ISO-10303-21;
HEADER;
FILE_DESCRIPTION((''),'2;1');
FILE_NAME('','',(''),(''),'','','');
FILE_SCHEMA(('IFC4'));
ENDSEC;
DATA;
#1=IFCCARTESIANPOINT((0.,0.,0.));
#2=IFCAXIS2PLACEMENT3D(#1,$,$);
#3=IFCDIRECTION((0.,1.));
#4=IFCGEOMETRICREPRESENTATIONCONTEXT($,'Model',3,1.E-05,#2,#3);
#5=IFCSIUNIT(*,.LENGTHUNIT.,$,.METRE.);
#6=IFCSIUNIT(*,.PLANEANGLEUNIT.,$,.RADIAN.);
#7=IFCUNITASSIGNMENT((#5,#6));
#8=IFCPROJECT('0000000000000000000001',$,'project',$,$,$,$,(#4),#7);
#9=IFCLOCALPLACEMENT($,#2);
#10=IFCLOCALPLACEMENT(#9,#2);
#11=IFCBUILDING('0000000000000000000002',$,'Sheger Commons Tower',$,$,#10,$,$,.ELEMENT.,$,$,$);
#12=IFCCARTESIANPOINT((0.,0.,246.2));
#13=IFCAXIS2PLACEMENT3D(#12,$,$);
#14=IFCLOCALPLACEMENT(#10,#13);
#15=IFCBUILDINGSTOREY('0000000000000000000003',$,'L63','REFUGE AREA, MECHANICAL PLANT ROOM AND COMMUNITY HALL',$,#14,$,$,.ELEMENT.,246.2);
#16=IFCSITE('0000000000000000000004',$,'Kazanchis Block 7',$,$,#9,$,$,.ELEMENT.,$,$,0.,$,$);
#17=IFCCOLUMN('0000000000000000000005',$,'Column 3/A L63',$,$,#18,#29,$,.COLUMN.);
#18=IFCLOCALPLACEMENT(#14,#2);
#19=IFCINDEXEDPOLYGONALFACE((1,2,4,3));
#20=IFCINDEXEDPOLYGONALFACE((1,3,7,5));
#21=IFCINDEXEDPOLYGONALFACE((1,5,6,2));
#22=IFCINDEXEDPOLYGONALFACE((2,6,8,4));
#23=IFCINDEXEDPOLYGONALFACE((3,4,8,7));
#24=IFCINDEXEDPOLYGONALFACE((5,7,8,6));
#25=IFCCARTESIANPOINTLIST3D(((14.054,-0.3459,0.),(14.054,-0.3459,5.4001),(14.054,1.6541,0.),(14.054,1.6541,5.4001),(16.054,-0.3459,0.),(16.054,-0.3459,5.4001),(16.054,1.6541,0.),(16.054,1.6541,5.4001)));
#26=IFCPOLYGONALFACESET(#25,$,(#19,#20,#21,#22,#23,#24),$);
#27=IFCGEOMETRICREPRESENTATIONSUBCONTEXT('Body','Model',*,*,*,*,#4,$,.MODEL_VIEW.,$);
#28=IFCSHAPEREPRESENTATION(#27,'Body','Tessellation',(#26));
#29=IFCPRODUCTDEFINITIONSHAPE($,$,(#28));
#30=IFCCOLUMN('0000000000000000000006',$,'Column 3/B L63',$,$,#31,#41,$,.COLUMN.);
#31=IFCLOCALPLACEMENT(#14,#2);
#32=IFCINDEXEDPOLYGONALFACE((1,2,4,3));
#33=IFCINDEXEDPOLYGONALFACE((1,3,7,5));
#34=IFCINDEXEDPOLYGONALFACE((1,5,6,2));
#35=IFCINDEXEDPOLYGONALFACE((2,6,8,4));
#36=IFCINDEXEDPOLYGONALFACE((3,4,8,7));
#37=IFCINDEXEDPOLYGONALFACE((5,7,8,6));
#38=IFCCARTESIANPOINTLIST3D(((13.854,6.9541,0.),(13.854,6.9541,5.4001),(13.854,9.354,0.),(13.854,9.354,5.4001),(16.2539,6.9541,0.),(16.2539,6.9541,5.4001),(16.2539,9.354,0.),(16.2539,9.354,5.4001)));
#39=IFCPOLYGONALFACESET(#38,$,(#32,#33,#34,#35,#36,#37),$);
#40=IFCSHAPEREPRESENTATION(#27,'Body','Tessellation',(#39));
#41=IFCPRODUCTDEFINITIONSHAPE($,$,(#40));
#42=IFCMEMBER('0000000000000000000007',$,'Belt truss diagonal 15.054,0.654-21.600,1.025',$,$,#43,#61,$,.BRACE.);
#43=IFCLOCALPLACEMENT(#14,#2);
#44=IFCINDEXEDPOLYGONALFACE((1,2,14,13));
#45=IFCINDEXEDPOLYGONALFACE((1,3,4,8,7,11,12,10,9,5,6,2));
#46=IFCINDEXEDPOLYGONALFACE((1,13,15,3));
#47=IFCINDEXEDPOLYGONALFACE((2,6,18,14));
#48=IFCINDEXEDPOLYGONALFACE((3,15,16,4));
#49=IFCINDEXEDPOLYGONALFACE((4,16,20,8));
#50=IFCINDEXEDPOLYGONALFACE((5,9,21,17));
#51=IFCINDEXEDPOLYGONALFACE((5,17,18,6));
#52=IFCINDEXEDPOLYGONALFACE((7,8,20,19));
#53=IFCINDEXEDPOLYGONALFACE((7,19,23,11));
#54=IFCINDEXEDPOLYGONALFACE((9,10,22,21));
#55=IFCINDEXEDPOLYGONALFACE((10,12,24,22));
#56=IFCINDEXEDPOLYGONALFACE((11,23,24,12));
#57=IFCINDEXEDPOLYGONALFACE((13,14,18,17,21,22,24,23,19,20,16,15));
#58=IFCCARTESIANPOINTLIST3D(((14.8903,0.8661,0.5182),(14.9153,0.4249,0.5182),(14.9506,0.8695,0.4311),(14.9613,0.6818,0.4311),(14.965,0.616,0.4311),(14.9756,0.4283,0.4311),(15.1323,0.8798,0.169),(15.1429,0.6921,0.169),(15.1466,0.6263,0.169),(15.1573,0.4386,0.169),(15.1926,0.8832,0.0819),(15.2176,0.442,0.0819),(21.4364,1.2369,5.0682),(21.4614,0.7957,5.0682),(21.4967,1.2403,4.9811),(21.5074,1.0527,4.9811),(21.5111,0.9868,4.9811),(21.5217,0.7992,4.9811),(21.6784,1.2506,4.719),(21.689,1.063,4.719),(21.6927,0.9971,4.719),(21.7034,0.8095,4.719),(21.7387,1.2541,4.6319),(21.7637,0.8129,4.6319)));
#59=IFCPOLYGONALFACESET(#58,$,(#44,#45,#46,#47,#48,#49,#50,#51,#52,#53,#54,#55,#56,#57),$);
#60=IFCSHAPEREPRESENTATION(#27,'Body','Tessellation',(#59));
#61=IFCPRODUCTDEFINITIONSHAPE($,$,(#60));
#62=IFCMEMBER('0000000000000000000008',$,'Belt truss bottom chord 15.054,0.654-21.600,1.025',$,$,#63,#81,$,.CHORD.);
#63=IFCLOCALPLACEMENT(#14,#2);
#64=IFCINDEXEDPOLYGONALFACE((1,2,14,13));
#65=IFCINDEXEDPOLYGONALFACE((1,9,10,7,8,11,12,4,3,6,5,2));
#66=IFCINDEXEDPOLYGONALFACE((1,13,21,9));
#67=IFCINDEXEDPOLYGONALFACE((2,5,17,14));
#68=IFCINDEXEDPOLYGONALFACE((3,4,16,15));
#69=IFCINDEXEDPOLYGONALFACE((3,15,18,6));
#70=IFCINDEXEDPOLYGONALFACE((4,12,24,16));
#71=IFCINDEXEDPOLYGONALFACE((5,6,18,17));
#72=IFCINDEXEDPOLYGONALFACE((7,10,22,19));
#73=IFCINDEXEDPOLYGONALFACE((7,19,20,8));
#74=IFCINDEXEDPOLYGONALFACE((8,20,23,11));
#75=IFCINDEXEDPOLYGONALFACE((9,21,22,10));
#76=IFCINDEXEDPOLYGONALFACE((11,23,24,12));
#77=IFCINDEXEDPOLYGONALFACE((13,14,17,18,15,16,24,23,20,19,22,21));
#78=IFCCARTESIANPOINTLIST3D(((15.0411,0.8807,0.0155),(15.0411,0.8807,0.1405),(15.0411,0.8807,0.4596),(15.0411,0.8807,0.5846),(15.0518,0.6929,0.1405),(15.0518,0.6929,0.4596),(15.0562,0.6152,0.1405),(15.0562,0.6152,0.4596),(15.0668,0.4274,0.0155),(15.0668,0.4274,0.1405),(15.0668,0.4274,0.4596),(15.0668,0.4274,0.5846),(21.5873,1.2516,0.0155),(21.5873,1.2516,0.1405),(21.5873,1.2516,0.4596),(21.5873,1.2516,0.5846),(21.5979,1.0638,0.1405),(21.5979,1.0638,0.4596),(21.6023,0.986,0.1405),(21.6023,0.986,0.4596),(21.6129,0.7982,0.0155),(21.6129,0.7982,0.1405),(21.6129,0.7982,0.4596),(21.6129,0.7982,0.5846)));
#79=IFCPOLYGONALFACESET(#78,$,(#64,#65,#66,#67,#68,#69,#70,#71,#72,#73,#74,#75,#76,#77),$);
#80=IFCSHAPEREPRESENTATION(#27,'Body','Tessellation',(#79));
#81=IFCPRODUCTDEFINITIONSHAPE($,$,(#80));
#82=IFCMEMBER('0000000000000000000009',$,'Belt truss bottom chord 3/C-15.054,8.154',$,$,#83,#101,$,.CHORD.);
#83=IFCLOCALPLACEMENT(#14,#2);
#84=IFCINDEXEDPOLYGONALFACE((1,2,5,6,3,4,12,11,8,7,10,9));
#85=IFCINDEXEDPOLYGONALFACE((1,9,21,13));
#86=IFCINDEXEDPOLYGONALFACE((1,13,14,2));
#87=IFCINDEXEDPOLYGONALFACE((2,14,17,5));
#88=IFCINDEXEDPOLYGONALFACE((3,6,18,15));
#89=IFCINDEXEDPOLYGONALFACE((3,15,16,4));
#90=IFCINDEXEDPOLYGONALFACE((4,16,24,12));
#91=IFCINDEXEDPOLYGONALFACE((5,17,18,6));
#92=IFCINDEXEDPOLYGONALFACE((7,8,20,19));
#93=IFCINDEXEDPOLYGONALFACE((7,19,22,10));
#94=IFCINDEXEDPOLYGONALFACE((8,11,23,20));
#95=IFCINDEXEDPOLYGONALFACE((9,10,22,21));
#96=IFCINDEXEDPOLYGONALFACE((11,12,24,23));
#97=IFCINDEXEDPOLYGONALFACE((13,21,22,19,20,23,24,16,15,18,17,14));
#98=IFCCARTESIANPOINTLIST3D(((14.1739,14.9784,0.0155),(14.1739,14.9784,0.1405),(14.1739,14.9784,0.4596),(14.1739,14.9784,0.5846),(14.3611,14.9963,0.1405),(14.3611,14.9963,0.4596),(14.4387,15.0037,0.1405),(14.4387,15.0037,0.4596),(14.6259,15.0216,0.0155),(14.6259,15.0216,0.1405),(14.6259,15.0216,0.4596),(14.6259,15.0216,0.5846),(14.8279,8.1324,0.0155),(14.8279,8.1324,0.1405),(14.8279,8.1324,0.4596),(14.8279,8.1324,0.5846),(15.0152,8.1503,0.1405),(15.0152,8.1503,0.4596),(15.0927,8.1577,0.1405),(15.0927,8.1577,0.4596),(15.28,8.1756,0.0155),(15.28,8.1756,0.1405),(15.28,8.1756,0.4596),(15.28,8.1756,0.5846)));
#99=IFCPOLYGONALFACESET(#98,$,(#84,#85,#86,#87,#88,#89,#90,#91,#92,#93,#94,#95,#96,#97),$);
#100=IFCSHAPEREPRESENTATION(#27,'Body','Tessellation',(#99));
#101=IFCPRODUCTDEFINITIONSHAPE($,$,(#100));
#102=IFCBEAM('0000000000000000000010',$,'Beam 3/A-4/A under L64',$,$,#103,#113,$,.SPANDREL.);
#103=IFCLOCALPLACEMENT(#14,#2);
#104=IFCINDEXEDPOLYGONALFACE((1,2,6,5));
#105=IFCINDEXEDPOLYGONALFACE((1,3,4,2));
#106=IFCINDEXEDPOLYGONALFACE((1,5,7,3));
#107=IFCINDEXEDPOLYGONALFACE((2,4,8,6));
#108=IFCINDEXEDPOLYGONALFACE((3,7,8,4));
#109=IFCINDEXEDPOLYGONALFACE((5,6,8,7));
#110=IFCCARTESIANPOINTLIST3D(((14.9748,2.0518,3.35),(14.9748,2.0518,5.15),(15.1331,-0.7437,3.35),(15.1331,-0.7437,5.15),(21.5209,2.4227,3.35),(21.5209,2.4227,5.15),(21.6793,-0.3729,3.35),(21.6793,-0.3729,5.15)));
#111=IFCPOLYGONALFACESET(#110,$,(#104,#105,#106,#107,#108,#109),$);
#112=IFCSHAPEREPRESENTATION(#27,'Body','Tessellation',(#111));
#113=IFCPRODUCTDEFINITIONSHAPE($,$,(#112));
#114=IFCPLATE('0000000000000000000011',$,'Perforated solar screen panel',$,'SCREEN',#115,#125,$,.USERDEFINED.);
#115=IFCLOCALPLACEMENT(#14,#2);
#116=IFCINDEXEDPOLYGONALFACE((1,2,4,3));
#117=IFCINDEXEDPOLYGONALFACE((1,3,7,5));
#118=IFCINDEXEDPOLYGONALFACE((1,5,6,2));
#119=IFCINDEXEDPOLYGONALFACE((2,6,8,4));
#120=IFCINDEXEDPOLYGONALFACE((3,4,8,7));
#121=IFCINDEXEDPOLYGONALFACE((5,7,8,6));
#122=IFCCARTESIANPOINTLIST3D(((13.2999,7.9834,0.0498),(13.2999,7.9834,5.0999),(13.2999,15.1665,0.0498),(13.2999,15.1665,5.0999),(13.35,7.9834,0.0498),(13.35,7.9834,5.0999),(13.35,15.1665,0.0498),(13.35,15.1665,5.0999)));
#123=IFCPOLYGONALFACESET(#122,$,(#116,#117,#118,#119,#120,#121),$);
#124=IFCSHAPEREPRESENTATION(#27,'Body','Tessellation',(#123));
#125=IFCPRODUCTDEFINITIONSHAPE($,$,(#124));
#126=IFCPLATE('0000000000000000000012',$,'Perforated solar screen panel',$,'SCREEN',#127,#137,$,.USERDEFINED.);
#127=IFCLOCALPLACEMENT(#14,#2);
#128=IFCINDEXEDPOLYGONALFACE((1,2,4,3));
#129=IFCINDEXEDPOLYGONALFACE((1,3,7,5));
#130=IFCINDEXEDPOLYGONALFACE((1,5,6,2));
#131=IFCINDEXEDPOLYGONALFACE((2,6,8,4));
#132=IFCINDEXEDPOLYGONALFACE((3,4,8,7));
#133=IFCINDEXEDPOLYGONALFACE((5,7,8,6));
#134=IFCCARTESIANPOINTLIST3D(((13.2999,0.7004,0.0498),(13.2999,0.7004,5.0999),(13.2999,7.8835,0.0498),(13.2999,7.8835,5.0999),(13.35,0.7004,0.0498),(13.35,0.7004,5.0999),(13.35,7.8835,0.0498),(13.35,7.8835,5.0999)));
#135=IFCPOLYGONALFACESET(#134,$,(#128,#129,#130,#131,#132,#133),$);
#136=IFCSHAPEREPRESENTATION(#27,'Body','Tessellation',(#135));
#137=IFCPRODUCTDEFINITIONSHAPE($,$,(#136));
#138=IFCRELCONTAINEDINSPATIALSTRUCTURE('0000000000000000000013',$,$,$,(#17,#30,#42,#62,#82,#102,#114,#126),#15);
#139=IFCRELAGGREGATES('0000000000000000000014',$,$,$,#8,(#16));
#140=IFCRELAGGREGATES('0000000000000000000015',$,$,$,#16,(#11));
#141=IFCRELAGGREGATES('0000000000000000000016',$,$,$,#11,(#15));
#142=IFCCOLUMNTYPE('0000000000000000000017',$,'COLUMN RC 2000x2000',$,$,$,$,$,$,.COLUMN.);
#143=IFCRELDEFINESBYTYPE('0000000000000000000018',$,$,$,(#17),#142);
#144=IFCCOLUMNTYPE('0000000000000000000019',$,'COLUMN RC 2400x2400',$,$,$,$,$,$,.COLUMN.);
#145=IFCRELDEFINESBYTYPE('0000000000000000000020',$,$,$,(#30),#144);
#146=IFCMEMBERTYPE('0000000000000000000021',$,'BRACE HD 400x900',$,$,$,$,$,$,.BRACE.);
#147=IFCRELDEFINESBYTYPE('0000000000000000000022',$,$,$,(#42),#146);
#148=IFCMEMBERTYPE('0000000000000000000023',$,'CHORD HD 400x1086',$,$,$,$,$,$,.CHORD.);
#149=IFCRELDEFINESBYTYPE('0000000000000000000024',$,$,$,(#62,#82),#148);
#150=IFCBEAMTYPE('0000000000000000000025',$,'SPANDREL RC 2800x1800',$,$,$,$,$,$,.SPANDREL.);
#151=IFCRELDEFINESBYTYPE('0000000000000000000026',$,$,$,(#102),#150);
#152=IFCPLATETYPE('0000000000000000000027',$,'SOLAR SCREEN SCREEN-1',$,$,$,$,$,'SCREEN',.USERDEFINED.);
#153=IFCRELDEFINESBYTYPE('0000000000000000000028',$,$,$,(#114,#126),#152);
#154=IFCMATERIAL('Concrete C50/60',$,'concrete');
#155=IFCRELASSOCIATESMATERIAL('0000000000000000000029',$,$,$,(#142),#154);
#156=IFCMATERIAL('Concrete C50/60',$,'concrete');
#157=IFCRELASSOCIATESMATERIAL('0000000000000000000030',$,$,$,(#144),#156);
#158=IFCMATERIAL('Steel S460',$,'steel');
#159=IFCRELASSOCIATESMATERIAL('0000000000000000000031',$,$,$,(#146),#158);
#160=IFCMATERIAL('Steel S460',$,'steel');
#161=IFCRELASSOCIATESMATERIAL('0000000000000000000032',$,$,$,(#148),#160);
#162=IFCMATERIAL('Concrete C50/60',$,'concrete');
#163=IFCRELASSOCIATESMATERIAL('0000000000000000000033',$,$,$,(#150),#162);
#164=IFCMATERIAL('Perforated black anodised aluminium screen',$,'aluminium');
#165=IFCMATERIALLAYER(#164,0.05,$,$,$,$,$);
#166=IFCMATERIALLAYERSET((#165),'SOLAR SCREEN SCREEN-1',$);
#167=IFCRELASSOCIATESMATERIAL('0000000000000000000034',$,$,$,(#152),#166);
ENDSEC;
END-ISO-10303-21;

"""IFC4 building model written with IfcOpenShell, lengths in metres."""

from ifc_helpers import new_model, si_unit, direction, frame, origin, origin_2d, place, context, subcontext, project, spatial, rectangle, i_section, extrude, material, layer, layer_set, material_profile, profile_set, type_object, element, save


model = new_model("IFC4")

# Units and contexts
model_context = context("Model", 3, precision=1e-05, world=origin(), true_north=direction((0.0, 1.0)))
body_context = subcontext(model_context, "Body", "Model", "MODEL_VIEW")
ifc_project = project(units=[si_unit("LENGTHUNIT", "METRE"), si_unit("PLANEANGLEUNIT", "RADIAN")], contexts=[model_context])

# Site, building, storey
site_placement = place(None, origin())
site = spatial("IfcSite", under=ifc_project, at=site_placement, Name="Kazanchis Block 7", CompositionType="ELEMENT", RefElevation=0.0)
building_placement = place(site_placement, origin())
building = spatial("IfcBuilding", under=site, at=building_placement, Name="Sheger Commons Tower", CompositionType="ELEMENT")
storey_placement = place(building_placement, frame((0.0, 0.0, 246.2)))
storey = spatial("IfcBuildingStorey", under=building, at=storey_placement, Name="L63", Description="REFUGE AREA, MECHANICAL PLANT ROOM AND COMMUNITY HALL", CompositionType="ELEMENT", Elevation=246.2)

# Columns
ifc_material_1 = material(Name="Concrete C50/60", Category="concrete")
ifc_material_profile_1 = material_profile(ifc_material_1, rectangle(XDim=2.0, YDim=2.0, at=origin_2d()), Name="RC 2000x2000")
ifc_profile_set_1 = profile_set([ifc_material_profile_1], Name="Concrete C50/60")
column_type_1 = type_object("IfcColumnType", Name="COLUMN RC 2000x2000", PredefinedType="COLUMN", material=ifc_profile_set_1)
column_1_placement = place(storey_placement, frame((15.054, 0.6541, 0.0), z_axis=(0.0, 0.0, 1.0), x_axis=(1.0, 0.0, 0.0)))
element("IfcColumn", 1, at=column_1_placement, inside=storey, type_object=column_type_1, Name="Column 3/A L63", PredefinedType="COLUMN", context=body_context, shape_type="SweptSolid", body=[
    extrude(rectangle(XDim=2.0, YDim=2.0, at=origin_2d()), origin(), (0.0, 0.0, 1.0), 5.4001),
])
ifc_material_2 = material(Name="Concrete C50/60", Category="concrete")
ifc_material_profile_2 = material_profile(ifc_material_2, rectangle(XDim=2.3999, YDim=2.3999, at=origin_2d()), Name="RC 2400x2400")
ifc_profile_set_2 = profile_set([ifc_material_profile_2], Name="Concrete C50/60")
column_type_2 = type_object("IfcColumnType", Name="COLUMN RC 2400x2400", PredefinedType="COLUMN", material=ifc_profile_set_2)
column_2_placement = place(storey_placement, frame((15.054, 8.1541, 0.0), z_axis=(0.0, 0.0, 1.0), x_axis=(1.0, 0.0, 0.0)))
element("IfcColumn", 2, at=column_2_placement, inside=storey, type_object=column_type_2, Name="Column 3/B L63", PredefinedType="COLUMN", context=body_context, shape_type="SweptSolid", body=[
    extrude(rectangle(XDim=2.3999, YDim=2.3999, at=origin_2d()), origin(), (0.0, 0.0, 1.0), 5.4001),
])

# Members
ifc_material_3 = material(Name="Steel S460", Category="steel")
ifc_material_profile_3 = material_profile(ifc_material_3, i_section(OverallWidth=0.4419, OverallDepth=0.531, WebThickness=0.0659, FlangeThickness=0.106, at=origin_2d()), Name="HD 400x900")
ifc_profile_set_3 = profile_set([ifc_material_profile_3], Name="Steel S460")
member_type_1 = type_object("IfcMemberType", Name="BRACE HD 400x900", PredefinedType="BRACE", material=ifc_profile_set_3)
member_1_placement = place(storey_placement, frame((15.054, 0.6541, 0.3), z_axis=(0.820241, 0.046468, 0.570128), x_axis=(-0.056561, 0.998399, 0.0)))
element("IfcMember", 3, at=member_1_placement, inside=storey, type_object=member_type_1, Name="Belt truss diagonal 15.054,0.654-21.600,1.025", PredefinedType="BRACE", context=body_context, shape_type="SweptSolid", body=[
    extrude(i_section(OverallWidth=0.4419, OverallDepth=0.531, WebThickness=0.0659, FlangeThickness=0.106, at=origin_2d()), origin(), (0.0, 0.0, 1.0), 7.9807),
])
ifc_material_4 = material(Name="Steel S460", Category="steel")
ifc_material_profile_4 = material_profile(ifc_material_4, i_section(OverallWidth=0.4541, OverallDepth=0.5691, WebThickness=0.0779, FlangeThickness=0.125, at=origin_2d()), Name="HD 400x1086")
ifc_profile_set_4 = profile_set([ifc_material_profile_4], Name="Steel S460")
member_type_2 = type_object("IfcMemberType", Name="CHORD HD 400x1086", PredefinedType="CHORD", material=ifc_profile_set_4)
member_2_placement = place(storey_placement, frame((15.054, 0.6541, 0.3), z_axis=(0.998399, 0.056561, 0.0), x_axis=(-0.056561, 0.998399, 0.0)))
element("IfcMember", 4, at=member_2_placement, inside=storey, type_object=member_type_2, Name="Belt truss bottom chord 15.054,0.654-21.600,1.025", PredefinedType="CHORD", context=body_context, shape_type="SweptSolid", body=[
    extrude(i_section(OverallWidth=0.4541, OverallDepth=0.5691, WebThickness=0.0779, FlangeThickness=0.125, at=origin_2d()), origin(), (0.0, 0.0, 1.0), 6.5566),
])
member_3_placement = place(storey_placement, frame((14.3999, 15.0, 0.3), z_axis=(0.095106, -0.995467, 0.0), x_axis=(0.995467, 0.095106, 0.0)))
element("IfcMember", 5, at=member_3_placement, inside=storey, type_object=member_type_2, Name="Belt truss bottom chord 3/C-15.054,8.154", PredefinedType="CHORD", context=body_context, shape_type="SweptSolid", body=[
    extrude(i_section(OverallWidth=0.4541, OverallDepth=0.5691, WebThickness=0.0779, FlangeThickness=0.125, at=origin_2d()), origin(), (0.0, 0.0, 1.0), 6.8772),
])

# Beam
ifc_material_5 = material(Name="Concrete C50/60", Category="concrete")
ifc_material_profile_5 = material_profile(ifc_material_5, rectangle(XDim=2.8, YDim=1.8, at=origin_2d()), Name="RC 2800x1800")
ifc_profile_set_5 = profile_set([ifc_material_profile_5], Name="Concrete C50/60")
beam_type = type_object("IfcBeamType", Name="SPANDREL RC 2800x1800", PredefinedType="SPANDREL", material=ifc_profile_set_5)
beam_placement = place(storey_placement, frame((15.054, 0.6541, 4.25), z_axis=(0.998399, 0.056561, 0.0), x_axis=(-0.056561, 0.998399, 0.0)))
element("IfcBeam", 6, at=beam_placement, inside=storey, type_object=beam_type, Name="Beam 3/A-4/A under L64", PredefinedType="SPANDREL", context=body_context, shape_type="SweptSolid", body=[
    extrude(rectangle(XDim=2.8, YDim=1.8, at=origin_2d()), origin(), (0.0, 0.0, 1.0), 6.5566),
])

# Plates
ifc_material_6 = material(Name="Perforated black anodised aluminium screen", Category="aluminium")
ifc_layer_1 = layer(ifc_material_6, 0.05)
ifc_layer_set_1 = layer_set([ifc_layer_1], Name="SOLAR SCREEN SCREEN-1")
plate_type = type_object("IfcPlateType", Name="SOLAR SCREEN SCREEN-1", ElementType="SCREEN", PredefinedType="USERDEFINED", material=ifc_layer_set_1)
for number, where, z_axis, x_axis, name in (
    (7, (13.325, 11.575, 0.0498), (0.0, 0.0, 1.0), (0.0, -1.0, 0.0), "Perforated solar screen panel"),
    (8, (13.325, 4.292, 0.0498), (0.0, 0.0, 1.0), (0.0, -1.0, 0.0), "Perforated solar screen panel"),
):
    element("IfcPlate", number, at=place(storey_placement, frame(where, z_axis=z_axis, x_axis=x_axis)), inside=storey, type_object=plate_type, Name=name, ObjectType="SCREEN", PredefinedType="USERDEFINED", context=body_context, shape_type="SweptSolid", body=[
        extrude(rectangle(XDim=7.1831, YDim=0.05, at=origin_2d()), origin(), (0.0, 0.0, 1.0), 5.05),
    ])

save(model, "model.ifc")
